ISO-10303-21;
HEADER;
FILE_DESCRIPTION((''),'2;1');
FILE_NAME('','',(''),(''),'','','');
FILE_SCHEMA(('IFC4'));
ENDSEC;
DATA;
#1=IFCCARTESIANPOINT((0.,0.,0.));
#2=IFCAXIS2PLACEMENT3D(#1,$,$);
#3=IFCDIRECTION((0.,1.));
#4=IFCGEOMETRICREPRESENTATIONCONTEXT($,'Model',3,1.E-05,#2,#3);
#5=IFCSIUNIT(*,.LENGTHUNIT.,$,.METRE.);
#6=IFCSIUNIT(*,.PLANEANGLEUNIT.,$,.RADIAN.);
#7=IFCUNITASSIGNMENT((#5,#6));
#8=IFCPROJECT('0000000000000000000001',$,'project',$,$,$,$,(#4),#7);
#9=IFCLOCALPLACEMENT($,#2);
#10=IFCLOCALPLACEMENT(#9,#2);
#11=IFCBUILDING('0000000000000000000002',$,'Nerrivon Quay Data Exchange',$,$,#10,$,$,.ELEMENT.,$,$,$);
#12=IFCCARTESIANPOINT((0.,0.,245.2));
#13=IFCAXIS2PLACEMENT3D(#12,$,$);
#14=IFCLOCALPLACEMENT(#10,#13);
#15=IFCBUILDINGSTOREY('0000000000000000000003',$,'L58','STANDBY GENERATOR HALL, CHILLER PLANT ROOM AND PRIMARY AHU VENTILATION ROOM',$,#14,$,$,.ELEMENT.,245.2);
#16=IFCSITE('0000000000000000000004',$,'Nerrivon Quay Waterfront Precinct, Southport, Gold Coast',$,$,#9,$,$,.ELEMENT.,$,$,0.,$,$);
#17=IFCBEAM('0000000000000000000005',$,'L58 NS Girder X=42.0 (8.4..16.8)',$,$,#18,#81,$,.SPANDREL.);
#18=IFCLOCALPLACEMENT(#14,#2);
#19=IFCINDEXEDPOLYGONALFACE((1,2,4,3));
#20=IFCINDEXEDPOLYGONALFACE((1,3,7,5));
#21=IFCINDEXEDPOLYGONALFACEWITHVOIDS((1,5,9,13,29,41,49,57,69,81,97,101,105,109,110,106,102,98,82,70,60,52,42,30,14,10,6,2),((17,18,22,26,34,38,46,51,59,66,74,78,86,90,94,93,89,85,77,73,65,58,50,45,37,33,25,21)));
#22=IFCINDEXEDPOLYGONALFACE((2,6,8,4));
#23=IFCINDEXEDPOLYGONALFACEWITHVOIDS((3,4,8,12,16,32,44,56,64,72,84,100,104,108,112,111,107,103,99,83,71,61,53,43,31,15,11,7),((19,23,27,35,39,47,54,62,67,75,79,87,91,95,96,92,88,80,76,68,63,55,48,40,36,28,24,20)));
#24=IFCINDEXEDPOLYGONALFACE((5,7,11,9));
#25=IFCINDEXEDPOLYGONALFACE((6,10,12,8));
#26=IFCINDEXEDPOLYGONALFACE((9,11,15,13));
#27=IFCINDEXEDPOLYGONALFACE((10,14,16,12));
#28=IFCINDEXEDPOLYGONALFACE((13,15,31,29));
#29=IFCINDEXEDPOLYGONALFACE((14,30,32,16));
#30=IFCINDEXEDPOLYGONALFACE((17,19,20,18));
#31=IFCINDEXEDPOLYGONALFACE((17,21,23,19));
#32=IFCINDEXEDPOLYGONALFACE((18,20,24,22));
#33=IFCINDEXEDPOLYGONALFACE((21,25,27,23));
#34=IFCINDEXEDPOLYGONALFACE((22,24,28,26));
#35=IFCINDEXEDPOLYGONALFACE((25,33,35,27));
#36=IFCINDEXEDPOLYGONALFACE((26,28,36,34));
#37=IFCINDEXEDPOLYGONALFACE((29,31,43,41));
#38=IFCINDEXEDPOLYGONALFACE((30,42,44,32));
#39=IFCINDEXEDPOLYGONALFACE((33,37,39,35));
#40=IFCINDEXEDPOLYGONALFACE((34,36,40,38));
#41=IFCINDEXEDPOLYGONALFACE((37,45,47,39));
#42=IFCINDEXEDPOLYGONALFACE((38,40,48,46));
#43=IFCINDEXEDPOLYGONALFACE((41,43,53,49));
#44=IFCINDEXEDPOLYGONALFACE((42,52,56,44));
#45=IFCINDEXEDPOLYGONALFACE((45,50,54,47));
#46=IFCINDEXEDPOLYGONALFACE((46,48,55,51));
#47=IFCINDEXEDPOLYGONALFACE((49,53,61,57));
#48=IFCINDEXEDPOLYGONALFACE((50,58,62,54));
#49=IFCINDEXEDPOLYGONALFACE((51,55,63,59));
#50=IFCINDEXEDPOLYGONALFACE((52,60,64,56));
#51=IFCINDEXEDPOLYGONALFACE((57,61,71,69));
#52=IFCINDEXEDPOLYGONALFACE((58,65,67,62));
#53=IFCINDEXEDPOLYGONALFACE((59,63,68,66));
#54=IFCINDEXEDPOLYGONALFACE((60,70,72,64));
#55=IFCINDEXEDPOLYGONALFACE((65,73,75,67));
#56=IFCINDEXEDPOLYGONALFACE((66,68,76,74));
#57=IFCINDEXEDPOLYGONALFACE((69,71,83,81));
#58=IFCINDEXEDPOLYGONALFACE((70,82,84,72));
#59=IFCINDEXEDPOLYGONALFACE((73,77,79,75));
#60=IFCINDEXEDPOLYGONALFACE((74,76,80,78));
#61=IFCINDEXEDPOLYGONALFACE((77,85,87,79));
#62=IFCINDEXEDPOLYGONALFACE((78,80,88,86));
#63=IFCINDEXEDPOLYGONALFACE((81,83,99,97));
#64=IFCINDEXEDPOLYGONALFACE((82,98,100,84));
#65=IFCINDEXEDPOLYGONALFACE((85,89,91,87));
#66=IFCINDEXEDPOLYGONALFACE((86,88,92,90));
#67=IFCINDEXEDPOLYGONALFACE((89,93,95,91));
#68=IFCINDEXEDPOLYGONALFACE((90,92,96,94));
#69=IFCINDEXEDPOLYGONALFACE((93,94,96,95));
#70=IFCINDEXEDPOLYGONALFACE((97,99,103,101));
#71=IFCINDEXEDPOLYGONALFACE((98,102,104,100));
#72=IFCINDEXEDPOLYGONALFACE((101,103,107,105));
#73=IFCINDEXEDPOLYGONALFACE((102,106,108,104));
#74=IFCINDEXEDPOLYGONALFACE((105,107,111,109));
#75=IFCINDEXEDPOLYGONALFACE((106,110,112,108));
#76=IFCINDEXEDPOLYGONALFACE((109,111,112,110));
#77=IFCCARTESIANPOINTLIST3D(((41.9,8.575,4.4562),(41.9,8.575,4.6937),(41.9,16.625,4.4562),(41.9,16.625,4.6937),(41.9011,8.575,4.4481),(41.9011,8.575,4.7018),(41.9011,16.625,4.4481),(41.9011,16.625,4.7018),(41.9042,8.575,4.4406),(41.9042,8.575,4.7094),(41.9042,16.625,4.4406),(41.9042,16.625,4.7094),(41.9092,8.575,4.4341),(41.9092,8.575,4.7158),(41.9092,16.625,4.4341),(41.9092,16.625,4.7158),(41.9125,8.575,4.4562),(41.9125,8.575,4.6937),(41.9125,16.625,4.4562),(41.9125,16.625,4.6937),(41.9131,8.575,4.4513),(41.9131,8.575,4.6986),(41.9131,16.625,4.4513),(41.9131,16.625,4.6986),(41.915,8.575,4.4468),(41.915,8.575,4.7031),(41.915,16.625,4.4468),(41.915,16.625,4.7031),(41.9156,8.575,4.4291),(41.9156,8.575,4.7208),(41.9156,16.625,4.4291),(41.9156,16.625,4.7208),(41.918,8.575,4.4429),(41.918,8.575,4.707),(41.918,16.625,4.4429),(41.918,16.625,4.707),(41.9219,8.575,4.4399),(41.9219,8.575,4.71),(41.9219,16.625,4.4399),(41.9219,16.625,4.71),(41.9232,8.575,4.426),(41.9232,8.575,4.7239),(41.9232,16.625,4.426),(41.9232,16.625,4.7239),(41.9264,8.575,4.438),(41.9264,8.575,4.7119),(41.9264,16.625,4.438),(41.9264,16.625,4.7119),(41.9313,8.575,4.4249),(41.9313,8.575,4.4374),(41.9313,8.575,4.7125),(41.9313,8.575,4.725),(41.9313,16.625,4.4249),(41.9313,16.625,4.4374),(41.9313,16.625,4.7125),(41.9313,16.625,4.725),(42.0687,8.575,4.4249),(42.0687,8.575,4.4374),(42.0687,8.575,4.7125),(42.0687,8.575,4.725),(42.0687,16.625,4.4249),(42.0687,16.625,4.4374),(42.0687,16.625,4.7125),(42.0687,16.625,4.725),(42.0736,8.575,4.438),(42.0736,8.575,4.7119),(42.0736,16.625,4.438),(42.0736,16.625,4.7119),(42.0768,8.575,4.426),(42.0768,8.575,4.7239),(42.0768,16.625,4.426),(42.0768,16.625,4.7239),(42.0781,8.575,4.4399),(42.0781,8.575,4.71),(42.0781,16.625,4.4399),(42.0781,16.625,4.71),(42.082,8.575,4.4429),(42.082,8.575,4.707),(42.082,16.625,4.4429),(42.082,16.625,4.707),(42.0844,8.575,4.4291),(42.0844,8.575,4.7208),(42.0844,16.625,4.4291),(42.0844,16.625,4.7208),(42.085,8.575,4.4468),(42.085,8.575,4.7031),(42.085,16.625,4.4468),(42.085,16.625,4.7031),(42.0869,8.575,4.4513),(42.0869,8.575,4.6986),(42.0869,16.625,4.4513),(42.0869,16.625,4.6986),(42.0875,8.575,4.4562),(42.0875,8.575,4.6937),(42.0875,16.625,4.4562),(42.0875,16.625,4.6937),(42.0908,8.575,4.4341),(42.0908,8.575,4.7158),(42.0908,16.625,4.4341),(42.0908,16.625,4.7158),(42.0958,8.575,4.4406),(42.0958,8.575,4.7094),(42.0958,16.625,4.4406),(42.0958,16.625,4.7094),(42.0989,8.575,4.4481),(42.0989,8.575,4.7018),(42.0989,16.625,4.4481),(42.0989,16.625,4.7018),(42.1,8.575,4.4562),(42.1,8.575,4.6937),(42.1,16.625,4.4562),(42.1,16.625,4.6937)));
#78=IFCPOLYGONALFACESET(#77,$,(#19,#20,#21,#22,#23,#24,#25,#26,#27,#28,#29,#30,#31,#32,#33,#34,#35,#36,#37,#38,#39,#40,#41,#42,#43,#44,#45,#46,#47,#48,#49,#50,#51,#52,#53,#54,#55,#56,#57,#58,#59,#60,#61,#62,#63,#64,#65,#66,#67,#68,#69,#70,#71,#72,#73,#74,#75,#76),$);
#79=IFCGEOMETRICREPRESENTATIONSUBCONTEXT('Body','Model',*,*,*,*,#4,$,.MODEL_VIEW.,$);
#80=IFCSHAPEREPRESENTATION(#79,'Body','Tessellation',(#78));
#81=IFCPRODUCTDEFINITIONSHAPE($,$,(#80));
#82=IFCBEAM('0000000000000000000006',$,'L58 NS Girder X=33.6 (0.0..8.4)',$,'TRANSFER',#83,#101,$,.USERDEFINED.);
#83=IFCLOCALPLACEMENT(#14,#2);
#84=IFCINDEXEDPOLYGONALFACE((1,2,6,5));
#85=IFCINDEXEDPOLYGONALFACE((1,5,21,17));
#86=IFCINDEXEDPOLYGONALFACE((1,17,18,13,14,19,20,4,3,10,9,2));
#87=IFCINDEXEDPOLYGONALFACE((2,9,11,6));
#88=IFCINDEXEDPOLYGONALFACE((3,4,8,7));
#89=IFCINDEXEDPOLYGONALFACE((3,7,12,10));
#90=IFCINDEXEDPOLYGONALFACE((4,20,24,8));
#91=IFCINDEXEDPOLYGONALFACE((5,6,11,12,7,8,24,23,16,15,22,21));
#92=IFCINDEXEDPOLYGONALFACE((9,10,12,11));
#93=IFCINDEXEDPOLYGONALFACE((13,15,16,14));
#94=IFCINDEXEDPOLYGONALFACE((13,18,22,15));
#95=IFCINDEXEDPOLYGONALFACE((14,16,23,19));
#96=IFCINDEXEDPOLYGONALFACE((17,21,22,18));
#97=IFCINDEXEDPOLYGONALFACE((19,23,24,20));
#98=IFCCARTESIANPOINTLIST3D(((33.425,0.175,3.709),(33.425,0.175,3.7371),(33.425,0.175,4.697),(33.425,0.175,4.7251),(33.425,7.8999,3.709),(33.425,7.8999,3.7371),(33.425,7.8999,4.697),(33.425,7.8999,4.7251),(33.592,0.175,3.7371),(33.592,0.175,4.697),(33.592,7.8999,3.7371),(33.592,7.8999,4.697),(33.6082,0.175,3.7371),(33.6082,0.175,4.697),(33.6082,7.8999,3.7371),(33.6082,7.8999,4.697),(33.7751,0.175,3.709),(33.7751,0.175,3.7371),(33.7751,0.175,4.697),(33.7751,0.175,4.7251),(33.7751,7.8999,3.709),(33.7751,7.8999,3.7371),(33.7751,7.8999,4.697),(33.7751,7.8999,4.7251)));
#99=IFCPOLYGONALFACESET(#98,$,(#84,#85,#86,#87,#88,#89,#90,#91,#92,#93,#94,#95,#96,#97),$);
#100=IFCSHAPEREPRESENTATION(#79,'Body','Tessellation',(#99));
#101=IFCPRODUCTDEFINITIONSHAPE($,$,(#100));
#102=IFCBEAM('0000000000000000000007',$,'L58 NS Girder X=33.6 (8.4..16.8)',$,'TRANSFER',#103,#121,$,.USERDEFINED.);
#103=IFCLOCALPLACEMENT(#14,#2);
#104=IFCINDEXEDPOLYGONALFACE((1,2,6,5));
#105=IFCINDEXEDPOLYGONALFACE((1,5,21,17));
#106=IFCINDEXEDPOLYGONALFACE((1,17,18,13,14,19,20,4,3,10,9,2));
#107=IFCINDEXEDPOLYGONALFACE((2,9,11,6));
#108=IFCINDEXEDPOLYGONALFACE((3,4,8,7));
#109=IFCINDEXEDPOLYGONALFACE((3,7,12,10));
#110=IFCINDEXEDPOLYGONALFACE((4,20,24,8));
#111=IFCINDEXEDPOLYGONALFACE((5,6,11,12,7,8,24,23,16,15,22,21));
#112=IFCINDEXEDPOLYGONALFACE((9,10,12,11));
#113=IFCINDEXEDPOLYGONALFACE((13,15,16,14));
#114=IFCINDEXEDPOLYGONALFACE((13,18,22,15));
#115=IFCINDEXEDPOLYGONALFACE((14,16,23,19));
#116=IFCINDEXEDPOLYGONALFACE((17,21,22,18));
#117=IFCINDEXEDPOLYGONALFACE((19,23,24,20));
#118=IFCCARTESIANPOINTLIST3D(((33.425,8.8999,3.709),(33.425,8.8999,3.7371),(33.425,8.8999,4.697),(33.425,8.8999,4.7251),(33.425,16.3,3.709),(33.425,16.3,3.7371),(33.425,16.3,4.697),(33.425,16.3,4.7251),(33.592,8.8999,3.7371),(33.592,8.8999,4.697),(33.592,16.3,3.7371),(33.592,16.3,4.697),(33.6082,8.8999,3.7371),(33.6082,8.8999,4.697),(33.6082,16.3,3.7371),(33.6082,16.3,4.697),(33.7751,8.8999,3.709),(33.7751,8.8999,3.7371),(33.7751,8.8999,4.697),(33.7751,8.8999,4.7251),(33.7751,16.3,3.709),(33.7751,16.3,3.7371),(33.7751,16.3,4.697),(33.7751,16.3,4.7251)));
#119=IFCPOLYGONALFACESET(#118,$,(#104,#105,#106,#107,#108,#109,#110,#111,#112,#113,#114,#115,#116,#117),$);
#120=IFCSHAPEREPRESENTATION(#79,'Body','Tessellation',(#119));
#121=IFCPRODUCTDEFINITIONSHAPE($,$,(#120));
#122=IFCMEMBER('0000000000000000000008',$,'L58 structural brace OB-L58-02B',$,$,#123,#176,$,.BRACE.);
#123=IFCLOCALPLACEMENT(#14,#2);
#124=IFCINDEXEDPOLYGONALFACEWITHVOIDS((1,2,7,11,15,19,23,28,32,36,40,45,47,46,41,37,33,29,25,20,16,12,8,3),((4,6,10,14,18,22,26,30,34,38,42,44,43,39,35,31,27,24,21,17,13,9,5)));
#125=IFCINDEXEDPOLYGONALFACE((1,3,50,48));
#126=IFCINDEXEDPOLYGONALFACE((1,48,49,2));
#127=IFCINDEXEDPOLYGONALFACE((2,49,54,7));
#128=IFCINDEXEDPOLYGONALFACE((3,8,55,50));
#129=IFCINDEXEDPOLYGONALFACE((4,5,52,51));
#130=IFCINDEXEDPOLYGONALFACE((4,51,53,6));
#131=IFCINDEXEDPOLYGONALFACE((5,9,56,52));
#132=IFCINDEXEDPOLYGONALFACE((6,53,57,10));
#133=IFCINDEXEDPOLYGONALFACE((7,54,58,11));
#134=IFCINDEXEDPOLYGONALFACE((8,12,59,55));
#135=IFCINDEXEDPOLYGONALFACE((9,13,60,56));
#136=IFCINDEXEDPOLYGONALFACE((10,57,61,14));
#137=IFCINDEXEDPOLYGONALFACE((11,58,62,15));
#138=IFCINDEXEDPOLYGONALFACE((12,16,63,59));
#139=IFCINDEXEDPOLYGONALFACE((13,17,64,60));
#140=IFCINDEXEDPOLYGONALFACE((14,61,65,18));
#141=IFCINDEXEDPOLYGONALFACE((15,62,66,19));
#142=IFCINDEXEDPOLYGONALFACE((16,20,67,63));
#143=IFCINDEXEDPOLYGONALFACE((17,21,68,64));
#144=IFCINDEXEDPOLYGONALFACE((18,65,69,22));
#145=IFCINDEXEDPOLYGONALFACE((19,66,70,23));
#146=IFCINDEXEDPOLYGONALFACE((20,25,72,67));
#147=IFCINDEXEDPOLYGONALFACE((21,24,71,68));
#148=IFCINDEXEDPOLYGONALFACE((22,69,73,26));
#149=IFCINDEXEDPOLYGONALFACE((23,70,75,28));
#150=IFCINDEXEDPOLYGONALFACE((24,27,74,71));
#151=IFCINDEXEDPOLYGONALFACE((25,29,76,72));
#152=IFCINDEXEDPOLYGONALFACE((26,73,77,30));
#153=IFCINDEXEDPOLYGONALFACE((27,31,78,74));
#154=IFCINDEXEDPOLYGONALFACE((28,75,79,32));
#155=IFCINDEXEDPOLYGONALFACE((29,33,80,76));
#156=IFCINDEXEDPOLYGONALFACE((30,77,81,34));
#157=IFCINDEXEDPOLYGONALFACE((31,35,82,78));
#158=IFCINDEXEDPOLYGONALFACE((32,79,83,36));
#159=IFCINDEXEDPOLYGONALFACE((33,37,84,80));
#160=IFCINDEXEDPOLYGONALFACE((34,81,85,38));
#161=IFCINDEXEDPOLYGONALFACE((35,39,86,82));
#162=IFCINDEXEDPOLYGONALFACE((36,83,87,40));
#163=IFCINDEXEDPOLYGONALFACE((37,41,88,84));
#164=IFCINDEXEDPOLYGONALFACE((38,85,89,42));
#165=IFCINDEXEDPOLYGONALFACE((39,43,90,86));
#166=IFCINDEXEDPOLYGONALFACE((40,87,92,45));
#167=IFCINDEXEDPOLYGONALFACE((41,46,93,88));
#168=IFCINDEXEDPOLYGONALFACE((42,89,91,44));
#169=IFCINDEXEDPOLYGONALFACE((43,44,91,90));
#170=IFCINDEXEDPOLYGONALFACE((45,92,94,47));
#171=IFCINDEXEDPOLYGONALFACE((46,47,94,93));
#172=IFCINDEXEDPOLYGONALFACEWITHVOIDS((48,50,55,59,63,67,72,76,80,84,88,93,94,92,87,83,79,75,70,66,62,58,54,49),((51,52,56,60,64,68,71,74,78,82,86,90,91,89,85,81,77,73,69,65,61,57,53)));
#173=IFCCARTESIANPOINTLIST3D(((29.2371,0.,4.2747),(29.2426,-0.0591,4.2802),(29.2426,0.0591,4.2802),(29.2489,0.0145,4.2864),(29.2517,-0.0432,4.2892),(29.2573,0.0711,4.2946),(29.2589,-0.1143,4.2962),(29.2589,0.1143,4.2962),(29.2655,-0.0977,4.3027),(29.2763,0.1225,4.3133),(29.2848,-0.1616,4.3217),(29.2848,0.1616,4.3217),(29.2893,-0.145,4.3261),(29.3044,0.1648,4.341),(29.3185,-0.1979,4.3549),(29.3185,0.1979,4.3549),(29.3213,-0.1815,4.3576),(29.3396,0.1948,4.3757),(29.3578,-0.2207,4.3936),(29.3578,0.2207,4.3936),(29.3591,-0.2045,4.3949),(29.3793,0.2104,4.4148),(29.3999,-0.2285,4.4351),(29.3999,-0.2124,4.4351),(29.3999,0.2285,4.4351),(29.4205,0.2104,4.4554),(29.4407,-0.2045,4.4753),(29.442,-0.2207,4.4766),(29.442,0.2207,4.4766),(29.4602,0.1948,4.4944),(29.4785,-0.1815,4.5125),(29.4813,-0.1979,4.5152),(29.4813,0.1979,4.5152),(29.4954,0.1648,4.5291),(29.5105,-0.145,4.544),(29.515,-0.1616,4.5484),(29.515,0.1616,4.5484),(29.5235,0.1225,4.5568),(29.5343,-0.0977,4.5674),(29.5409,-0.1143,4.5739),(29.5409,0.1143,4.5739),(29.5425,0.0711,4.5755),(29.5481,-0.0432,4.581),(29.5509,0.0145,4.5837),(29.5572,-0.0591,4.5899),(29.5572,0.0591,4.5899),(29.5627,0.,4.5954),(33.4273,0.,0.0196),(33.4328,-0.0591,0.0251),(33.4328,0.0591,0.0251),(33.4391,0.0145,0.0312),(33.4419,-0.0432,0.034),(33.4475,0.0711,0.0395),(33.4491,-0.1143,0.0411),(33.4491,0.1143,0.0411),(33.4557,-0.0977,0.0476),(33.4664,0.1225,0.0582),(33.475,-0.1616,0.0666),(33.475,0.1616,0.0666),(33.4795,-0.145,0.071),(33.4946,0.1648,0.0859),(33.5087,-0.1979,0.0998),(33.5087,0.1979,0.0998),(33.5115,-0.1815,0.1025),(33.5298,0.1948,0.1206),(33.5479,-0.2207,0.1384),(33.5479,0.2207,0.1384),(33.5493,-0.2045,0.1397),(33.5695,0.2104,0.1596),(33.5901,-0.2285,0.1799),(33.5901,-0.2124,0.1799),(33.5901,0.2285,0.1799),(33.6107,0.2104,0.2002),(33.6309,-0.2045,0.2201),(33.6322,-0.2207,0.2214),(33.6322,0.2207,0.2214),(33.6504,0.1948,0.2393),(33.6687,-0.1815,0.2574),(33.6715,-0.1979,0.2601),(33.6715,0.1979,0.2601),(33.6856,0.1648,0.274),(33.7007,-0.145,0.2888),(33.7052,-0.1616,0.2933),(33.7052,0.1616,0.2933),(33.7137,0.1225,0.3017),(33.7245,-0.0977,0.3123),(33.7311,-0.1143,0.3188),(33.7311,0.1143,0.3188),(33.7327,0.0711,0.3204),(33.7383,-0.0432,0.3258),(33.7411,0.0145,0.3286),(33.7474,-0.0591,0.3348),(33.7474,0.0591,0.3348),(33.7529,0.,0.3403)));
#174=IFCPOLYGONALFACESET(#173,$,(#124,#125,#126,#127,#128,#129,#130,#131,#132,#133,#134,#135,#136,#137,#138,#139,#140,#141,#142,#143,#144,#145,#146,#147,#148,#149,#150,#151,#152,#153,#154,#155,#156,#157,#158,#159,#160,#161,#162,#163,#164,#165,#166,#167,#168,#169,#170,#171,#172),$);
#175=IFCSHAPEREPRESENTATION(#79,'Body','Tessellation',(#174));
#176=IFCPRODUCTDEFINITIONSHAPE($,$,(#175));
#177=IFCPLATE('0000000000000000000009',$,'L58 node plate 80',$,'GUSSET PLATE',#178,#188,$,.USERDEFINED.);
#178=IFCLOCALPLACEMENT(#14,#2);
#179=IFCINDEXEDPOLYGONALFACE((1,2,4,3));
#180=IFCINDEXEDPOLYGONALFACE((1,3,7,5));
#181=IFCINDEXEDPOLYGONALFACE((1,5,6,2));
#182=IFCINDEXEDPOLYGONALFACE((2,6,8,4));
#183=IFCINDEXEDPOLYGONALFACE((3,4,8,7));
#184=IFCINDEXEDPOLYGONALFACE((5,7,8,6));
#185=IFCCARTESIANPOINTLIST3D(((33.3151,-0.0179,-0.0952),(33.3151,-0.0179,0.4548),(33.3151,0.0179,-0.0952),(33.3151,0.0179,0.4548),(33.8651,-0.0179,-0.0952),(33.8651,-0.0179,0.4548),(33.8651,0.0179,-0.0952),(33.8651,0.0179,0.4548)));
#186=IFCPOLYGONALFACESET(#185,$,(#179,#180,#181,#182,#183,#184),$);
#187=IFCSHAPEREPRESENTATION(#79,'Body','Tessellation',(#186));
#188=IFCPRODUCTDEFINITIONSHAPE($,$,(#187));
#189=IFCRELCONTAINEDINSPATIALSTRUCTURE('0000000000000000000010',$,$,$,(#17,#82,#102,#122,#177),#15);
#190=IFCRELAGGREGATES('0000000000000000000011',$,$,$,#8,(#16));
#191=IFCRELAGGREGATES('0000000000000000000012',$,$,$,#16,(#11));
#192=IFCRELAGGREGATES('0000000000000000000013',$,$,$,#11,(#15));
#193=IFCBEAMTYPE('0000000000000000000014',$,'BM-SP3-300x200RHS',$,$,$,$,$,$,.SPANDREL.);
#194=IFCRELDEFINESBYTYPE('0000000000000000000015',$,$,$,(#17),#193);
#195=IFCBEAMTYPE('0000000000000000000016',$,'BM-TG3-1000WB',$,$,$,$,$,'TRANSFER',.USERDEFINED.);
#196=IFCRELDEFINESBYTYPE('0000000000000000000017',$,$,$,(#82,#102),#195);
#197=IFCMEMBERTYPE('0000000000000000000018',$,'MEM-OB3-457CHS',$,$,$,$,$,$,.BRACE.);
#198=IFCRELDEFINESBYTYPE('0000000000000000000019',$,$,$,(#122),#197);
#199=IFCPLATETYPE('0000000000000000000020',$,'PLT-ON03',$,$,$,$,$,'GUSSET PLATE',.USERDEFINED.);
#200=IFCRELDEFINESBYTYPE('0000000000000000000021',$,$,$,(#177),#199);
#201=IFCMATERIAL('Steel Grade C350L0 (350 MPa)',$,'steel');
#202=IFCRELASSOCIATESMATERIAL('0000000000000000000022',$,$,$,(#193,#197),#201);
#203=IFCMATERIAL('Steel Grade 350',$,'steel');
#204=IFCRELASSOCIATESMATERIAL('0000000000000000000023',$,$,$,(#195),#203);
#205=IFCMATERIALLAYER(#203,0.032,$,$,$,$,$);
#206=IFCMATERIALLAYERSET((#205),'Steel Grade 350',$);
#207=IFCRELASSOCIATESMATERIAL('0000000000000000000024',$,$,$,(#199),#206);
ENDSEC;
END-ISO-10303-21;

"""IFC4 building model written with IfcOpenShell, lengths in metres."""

from ifc_helpers import new_model, si_unit, direction, frame, origin, origin_2d, place, context, subcontext, project, spatial, rectangle, hollow_rectangle, hollow_circle, i_section, extrude, material, layer, layer_set, material_profile, profile_set, type_object, element, save


model = new_model("IFC4")

# Units and contexts
model_context = context("Model", 3, precision=1e-05, world=origin(), true_north=direction((0.0, 1.0)))
body_context = subcontext(model_context, "Body", "Model", "MODEL_VIEW")
ifc_project = project(units=[si_unit("LENGTHUNIT", "METRE"), si_unit("PLANEANGLEUNIT", "RADIAN")], contexts=[model_context])

# Site, building, storey
site_placement = place(None, origin())
site = spatial("IfcSite", under=ifc_project, at=site_placement, Name="Nerrivon Quay Waterfront Precinct, Southport, Gold Coast", CompositionType="ELEMENT", RefElevation=0.0)
building_placement = place(site_placement, origin())
building = spatial("IfcBuilding", under=site, at=building_placement, Name="Nerrivon Quay Data Exchange", CompositionType="ELEMENT")
storey_placement = place(building_placement, frame((0.0, 0.0, 245.2)))
storey = spatial("IfcBuildingStorey", under=building, at=storey_placement, Name="L58", Description="STANDBY GENERATOR HALL, CHILLER PLANT ROOM AND PRIMARY AHU VENTILATION ROOM", CompositionType="ELEMENT", Elevation=245.2)

# Shared definitions
ifc_material_1 = material(Name="Steel Grade 350", Category="steel")

# Beams
ifc_material_2 = material(Name="Steel Grade C350L0 (350 MPa)", Category="steel")
ifc_material_profile_1 = material_profile(ifc_material_2, hollow_rectangle(XDim=0.2, YDim=0.3, WallThickness=0.0125, InnerFilletRadius=0.0188, OuterFilletRadius=0.0312, at=origin_2d()), Name="300x200x12.5RHS")
ifc_profile_set_1 = profile_set([ifc_material_profile_1], Name="Steel Grade C350L0 (350 MPa)")
beam_type_1 = type_object("IfcBeamType", Name="BM-SP3-300x200RHS", PredefinedType="SPANDREL", material=ifc_profile_set_1)
beam_1_placement = place(storey_placement, frame((42.0, 8.575, 4.575), z_axis=(0.0, 1.0, 0.0), x_axis=(-1.0, 0.0, 0.0)))
element("IfcBeam", 1, at=beam_1_placement, inside=storey, type_object=beam_type_1, Name="L58 NS Girder X=42.0 (8.4..16.8)", PredefinedType="SPANDREL", context=body_context, shape_type="SweptSolid", body=[
    extrude(hollow_rectangle(XDim=0.2, YDim=0.3, WallThickness=0.0125, InnerFilletRadius=0.0188, OuterFilletRadius=0.0312, at=origin_2d()), origin(), (0.0, 0.0, 1.0), 8.05),
])
ifc_material_profile_2 = material_profile(ifc_material_1, i_section(OverallWidth=0.3501, OverallDepth=1.0161, WebThickness=0.0161, FlangeThickness=0.0281, at=origin_2d()), Name="1000WB258")
ifc_profile_set_2 = profile_set([ifc_material_profile_2], Name="Steel Grade 350")
beam_type_2 = type_object("IfcBeamType", Name="BM-TG3-1000WB", ElementType="TRANSFER", PredefinedType="USERDEFINED", material=ifc_profile_set_2)
beam_2_placement = place(storey_placement, frame((33.6001, 0.175, 4.217), z_axis=(0.0, 1.0, 0.0), x_axis=(-1.0, 0.0, 0.0)))
element("IfcBeam", 2, at=beam_2_placement, inside=storey, type_object=beam_type_2, Name="L58 NS Girder X=33.6 (0.0..8.4)", ObjectType="TRANSFER", PredefinedType="USERDEFINED", context=body_context, shape_type="SweptSolid", body=[
    extrude(i_section(OverallWidth=0.3501, OverallDepth=1.0161, WebThickness=0.0161, FlangeThickness=0.0281, at=origin_2d()), origin(), (0.0, 0.0, 1.0), 7.7249),
])
beam_3_placement = place(storey_placement, frame((33.6001, 8.8999, 4.217), z_axis=(0.0, 1.0, 0.0), x_axis=(-1.0, 0.0, 0.0)))
element("IfcBeam", 3, at=beam_3_placement, inside=storey, type_object=beam_type_2, Name="L58 NS Girder X=33.6 (8.4..16.8)", ObjectType="TRANSFER", PredefinedType="USERDEFINED", context=body_context, shape_type="SweptSolid", body=[
    extrude(i_section(OverallWidth=0.3501, OverallDepth=1.0161, WebThickness=0.0161, FlangeThickness=0.0281, at=origin_2d()), origin(), (0.0, 0.0, 1.0), 7.4001),
])

# Member
ifc_material_profile_3 = material_profile(ifc_material_2, hollow_circle(Radius=0.2285, WallThickness=0.0161, at=origin_2d()), Name="457.0x16.0CHS")
ifc_profile_set_3 = profile_set([ifc_material_profile_3], Name="Steel Grade C350L0 (350 MPa)")
member_type = type_object("IfcMemberType", Name="MEM-OB3-457CHS", PredefinedType="BRACE", material=ifc_profile_set_3)
member_placement = place(storey_placement, frame((33.5901, 0.0, 0.1799), z_axis=(-0.701649, 0.0, 0.712523), x_axis=(0.0, -1.0, 0.0)))
element("IfcMember", 4, at=member_placement, inside=storey, type_object=member_type, Name="L58 structural brace OB-L58-02B", PredefinedType="BRACE", context=body_context, shape_type="SweptSolid", body=[
    extrude(hollow_circle(Radius=0.2285, WallThickness=0.0161, at=origin_2d()), origin(), (0.0, 0.0, 1.0), 5.9719),
])

# Plate
ifc_layer_1 = layer(ifc_material_1, 0.032)
ifc_layer_set_1 = layer_set([ifc_layer_1], Name="Steel Grade 350")
plate_type = type_object("IfcPlateType", Name="PLT-ON03", ElementType="GUSSET PLATE", PredefinedType="USERDEFINED", material=ifc_layer_set_1)
plate_placement = place(storey_placement, frame((33.5901, 0.0, -0.0952), z_axis=(0.0, 0.0, 1.0), x_axis=(1.0, 0.0, 0.0)))
element("IfcPlate", 5, at=plate_placement, inside=storey, type_object=plate_type, Name="L58 node plate 80", ObjectType="GUSSET PLATE", PredefinedType="USERDEFINED", context=body_context, shape_type="SweptSolid", body=[
    extrude(rectangle(XDim=0.55, YDim=0.0359, at=origin_2d()), origin(), (0.0, 0.0, 1.0), 0.55),
])

save(model, "model.ifc")
